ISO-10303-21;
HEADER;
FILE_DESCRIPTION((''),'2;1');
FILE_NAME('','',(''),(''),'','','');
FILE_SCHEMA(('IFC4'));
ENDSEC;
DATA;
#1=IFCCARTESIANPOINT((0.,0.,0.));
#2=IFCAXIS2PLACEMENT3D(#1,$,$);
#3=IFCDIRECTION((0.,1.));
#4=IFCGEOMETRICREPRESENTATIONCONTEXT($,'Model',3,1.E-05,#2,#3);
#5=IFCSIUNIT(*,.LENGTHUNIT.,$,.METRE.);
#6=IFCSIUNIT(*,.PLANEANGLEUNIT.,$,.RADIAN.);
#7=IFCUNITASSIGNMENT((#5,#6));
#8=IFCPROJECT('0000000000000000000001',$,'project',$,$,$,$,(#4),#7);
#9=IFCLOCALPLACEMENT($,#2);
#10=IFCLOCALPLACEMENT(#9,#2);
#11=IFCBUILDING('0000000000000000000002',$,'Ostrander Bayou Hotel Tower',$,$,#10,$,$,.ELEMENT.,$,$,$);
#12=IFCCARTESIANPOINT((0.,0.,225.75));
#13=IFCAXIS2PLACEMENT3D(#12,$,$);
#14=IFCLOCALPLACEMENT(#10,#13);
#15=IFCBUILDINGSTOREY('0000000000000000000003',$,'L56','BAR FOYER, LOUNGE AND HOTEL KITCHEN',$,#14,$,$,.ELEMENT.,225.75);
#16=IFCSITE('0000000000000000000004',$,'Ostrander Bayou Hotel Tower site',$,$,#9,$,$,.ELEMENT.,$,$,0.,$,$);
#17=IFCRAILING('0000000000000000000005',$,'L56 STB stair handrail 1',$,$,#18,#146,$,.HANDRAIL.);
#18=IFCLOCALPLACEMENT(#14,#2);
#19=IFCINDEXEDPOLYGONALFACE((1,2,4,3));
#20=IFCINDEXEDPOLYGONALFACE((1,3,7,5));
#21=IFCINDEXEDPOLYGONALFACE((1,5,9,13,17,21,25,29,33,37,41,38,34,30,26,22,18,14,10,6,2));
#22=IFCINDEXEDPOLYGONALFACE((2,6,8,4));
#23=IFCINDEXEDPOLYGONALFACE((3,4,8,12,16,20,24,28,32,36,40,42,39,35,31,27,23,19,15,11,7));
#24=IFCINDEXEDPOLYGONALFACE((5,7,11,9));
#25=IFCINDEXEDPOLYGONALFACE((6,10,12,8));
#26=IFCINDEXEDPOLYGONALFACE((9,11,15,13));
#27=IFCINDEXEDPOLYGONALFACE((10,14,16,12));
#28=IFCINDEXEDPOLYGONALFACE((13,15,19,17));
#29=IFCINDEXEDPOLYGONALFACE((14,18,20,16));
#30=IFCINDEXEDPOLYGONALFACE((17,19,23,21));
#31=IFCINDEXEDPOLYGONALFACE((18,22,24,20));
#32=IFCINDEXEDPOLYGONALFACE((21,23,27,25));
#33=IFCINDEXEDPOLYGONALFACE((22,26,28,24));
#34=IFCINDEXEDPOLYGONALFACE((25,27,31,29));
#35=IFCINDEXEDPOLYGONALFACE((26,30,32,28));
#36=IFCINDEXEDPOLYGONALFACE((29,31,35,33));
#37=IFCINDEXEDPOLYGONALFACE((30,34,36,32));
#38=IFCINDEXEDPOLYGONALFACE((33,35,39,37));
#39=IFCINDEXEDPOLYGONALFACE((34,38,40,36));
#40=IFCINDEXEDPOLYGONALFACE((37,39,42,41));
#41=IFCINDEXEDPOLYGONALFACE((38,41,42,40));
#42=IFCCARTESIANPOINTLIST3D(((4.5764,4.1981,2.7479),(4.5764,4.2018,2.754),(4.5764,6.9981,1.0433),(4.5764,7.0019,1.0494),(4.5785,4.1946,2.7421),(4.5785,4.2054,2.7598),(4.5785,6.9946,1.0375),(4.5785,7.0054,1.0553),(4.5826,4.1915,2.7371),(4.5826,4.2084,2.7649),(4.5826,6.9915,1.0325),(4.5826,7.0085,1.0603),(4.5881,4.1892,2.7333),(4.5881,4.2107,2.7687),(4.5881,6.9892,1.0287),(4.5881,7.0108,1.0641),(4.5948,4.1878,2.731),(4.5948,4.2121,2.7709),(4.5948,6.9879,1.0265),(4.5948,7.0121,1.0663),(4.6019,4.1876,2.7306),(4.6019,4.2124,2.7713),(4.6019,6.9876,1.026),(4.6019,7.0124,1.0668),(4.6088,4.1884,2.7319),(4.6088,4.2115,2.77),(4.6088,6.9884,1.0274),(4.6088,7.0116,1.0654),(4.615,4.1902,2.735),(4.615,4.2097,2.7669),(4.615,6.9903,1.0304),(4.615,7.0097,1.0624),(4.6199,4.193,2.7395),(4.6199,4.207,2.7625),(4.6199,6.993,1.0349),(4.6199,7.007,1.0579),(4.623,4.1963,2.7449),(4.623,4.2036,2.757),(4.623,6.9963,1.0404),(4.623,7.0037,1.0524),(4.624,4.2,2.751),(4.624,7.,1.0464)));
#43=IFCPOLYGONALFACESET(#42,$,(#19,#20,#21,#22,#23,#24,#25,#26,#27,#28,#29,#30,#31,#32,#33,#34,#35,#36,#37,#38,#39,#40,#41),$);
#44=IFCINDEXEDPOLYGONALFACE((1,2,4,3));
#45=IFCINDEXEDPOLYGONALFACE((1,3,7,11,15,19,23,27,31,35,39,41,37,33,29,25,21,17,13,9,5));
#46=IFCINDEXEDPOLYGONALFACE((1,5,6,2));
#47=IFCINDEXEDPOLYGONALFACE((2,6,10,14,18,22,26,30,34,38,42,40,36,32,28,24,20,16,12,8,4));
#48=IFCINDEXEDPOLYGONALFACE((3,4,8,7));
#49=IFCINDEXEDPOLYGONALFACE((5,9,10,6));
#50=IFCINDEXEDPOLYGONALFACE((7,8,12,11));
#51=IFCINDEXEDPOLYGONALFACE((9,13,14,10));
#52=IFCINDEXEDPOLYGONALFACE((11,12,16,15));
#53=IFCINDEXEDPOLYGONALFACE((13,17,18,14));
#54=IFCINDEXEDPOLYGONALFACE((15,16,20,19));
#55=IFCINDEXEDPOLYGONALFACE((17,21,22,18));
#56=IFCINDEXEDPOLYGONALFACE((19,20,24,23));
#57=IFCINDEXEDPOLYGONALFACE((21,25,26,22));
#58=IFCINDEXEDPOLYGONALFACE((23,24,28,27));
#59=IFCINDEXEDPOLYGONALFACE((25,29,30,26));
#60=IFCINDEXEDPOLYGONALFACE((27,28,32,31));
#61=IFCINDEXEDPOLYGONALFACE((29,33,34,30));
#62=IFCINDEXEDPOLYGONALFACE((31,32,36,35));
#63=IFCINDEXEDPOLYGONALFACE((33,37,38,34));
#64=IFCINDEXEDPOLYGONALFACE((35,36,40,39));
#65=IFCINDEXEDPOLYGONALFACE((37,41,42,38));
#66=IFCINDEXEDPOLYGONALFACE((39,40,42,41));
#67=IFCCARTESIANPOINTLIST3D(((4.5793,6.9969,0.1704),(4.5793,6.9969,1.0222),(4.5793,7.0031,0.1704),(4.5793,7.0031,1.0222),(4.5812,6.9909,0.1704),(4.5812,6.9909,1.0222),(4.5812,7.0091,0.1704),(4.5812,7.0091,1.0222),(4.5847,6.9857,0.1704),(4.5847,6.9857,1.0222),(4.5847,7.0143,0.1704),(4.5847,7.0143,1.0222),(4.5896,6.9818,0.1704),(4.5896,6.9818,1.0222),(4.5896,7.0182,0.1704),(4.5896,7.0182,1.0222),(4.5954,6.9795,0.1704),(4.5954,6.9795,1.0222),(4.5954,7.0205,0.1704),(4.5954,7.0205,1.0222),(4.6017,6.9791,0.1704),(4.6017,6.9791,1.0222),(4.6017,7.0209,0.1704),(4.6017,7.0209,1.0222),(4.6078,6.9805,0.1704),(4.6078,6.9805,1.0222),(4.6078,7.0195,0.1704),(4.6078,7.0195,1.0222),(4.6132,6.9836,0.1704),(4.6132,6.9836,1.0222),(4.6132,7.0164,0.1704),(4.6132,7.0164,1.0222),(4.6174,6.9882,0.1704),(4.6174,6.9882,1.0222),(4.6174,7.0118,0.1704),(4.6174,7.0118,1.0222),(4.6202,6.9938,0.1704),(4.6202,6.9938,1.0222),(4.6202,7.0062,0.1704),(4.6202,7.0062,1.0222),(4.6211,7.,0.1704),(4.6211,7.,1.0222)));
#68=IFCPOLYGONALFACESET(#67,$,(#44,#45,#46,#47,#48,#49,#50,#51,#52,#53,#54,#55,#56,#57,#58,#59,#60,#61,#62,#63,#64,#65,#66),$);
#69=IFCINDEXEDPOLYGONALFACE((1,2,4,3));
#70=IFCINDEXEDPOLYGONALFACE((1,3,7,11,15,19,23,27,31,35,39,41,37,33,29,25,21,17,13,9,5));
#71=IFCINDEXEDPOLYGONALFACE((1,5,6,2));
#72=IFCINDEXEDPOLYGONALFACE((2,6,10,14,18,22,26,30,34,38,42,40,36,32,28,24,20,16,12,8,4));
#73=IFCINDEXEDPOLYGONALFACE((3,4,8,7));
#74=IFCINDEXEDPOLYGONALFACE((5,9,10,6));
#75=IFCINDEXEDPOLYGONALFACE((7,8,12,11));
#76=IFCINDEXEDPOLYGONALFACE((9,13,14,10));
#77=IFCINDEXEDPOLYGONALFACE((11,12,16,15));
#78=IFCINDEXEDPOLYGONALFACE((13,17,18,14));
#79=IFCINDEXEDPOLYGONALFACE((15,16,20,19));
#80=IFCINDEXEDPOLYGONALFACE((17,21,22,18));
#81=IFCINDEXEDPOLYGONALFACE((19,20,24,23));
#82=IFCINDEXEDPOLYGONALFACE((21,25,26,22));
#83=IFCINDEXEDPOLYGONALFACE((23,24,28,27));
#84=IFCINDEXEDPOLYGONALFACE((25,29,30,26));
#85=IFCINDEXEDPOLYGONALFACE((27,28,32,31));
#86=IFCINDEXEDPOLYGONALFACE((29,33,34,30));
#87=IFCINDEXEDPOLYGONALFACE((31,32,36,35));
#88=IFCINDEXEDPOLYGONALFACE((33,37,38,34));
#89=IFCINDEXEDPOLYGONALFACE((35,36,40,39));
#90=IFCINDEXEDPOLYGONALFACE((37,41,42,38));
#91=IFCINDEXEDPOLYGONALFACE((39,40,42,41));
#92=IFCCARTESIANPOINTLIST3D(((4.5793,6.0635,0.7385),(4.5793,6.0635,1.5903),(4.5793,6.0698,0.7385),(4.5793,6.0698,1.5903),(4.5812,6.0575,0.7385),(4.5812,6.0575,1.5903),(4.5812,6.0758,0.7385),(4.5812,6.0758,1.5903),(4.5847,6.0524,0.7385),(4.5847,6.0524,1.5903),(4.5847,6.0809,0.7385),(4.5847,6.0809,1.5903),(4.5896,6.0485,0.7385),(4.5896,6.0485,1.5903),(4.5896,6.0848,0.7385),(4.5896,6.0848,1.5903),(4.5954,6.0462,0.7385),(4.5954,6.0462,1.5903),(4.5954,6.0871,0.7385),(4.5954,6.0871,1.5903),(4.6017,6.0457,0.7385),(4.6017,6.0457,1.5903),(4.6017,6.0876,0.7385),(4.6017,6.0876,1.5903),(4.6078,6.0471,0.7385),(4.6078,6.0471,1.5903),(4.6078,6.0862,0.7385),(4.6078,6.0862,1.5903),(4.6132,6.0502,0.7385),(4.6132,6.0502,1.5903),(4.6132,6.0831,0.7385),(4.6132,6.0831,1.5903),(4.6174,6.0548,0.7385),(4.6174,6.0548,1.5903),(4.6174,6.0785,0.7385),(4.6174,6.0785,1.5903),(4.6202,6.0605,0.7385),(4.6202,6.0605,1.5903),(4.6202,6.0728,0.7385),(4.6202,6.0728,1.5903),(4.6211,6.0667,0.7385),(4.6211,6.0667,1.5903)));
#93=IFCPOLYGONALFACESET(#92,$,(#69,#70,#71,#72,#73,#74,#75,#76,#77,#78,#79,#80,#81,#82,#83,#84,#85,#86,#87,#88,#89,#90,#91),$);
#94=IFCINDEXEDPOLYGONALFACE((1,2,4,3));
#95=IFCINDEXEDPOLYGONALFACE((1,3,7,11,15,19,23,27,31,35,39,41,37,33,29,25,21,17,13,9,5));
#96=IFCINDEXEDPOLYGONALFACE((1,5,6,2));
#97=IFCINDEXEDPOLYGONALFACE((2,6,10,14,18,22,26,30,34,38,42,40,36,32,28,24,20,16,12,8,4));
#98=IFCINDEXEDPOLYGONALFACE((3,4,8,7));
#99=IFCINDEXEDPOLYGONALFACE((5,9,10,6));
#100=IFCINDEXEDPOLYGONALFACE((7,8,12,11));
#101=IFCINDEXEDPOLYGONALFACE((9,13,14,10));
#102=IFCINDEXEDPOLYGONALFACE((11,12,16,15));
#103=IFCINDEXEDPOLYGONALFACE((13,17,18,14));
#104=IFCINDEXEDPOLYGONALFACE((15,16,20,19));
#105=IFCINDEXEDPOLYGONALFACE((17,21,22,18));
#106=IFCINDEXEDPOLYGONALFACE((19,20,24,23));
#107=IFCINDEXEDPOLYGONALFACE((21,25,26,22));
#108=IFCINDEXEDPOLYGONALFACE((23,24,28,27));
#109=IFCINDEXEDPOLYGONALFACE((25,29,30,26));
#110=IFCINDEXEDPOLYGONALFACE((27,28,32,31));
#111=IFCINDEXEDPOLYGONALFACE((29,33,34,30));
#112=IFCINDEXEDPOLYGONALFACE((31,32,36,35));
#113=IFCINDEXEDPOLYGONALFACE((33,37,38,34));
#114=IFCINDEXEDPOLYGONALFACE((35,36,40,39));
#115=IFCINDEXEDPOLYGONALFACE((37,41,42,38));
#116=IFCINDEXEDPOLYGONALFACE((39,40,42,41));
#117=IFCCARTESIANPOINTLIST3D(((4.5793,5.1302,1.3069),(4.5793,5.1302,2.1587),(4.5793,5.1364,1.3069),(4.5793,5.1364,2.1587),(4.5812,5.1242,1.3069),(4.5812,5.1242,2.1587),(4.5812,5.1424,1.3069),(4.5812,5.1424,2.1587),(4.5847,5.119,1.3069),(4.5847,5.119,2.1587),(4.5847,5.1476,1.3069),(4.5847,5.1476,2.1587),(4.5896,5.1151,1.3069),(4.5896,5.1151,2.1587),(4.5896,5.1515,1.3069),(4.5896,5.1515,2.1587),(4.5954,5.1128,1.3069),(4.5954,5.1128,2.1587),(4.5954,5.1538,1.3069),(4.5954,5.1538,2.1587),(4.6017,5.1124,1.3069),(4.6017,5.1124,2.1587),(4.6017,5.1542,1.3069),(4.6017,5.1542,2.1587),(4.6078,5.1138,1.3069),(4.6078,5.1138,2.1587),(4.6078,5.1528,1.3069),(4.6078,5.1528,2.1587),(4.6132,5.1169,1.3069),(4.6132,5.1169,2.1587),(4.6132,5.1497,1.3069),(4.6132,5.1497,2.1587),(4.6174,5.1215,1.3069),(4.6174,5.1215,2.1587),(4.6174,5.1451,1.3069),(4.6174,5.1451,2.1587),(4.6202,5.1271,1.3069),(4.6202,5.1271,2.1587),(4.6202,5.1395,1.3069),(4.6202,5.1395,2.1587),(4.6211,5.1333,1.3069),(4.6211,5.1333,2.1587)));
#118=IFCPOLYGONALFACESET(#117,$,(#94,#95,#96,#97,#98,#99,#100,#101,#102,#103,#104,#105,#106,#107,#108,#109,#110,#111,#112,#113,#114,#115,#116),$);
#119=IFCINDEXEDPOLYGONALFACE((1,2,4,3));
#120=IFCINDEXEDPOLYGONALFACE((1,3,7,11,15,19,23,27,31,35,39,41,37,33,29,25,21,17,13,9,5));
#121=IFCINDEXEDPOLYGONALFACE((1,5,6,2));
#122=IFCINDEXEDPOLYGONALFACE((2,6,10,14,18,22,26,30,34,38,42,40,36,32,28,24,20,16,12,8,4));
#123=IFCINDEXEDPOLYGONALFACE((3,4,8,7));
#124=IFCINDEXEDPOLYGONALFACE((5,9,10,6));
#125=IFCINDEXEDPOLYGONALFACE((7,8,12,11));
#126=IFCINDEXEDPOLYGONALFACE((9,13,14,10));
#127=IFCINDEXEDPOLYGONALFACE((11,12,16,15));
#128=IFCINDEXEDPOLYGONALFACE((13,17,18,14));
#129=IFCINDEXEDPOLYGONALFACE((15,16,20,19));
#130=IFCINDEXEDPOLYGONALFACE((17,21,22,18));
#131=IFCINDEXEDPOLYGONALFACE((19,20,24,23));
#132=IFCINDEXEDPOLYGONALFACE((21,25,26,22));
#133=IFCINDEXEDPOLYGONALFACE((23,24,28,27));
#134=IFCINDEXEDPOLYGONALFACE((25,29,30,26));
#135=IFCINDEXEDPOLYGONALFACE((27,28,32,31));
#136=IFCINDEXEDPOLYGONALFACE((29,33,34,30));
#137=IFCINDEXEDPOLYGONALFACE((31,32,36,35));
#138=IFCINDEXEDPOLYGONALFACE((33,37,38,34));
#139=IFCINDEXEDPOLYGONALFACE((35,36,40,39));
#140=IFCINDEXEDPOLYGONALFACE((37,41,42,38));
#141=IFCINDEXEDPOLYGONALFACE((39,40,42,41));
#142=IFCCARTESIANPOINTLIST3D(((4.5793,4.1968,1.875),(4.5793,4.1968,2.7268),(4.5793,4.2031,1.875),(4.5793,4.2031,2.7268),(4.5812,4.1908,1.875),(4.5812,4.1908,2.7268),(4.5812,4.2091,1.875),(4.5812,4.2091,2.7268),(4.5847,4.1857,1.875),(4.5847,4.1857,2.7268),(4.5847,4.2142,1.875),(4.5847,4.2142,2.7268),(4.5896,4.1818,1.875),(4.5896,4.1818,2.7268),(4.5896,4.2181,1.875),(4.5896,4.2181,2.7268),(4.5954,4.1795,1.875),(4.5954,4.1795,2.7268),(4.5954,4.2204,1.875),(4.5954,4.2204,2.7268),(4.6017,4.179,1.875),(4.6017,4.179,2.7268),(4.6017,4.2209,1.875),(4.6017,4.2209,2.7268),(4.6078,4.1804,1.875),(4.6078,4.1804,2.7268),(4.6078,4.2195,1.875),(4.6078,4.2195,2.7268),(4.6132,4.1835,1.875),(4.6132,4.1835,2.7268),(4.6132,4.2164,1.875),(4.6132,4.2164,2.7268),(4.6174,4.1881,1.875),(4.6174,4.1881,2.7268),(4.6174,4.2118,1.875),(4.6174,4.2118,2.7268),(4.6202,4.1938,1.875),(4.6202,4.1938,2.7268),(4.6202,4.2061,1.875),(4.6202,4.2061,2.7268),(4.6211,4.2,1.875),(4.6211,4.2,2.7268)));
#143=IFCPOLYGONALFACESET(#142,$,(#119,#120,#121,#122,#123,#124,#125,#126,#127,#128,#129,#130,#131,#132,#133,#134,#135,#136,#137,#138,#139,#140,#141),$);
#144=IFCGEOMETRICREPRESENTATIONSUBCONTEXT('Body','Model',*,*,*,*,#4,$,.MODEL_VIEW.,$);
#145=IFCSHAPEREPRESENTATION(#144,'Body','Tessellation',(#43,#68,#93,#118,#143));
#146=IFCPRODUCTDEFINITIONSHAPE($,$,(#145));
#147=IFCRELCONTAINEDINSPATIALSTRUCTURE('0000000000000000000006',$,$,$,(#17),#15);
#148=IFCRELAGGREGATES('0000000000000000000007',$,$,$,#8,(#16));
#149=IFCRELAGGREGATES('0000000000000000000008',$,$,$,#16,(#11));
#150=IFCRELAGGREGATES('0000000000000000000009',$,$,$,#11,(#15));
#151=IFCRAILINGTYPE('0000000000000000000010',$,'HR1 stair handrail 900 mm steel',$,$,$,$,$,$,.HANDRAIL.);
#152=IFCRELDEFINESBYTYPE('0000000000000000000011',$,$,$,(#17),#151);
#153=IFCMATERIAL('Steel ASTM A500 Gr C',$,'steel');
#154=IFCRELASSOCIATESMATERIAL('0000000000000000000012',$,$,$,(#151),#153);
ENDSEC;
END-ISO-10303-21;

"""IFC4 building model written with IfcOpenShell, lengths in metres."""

from ifc_helpers import new_model, si_unit, direction, frame, origin, origin_2d, place, context, subcontext, project, spatial, circle, extrude, material, type_object, element, save


model = new_model("IFC4")

# Units and contexts
model_context = context("Model", 3, precision=1e-05, world=origin(), true_north=direction((0.0, 1.0)))
body_context = subcontext(model_context, "Body", "Model", "MODEL_VIEW")
ifc_project = project(units=[si_unit("LENGTHUNIT", "METRE"), si_unit("PLANEANGLEUNIT", "RADIAN")], contexts=[model_context])

# Site, building, storey
site_placement = place(None, origin())
site = spatial("IfcSite", under=ifc_project, at=site_placement, Name="Ostrander Bayou Hotel Tower site", CompositionType="ELEMENT", RefElevation=0.0)
building_placement = place(site_placement, origin())
building = spatial("IfcBuilding", under=site, at=building_placement, Name="Ostrander Bayou Hotel Tower", CompositionType="ELEMENT")
storey_placement = place(building_placement, frame((0.0, 0.0, 225.75)))
storey = spatial("IfcBuildingStorey", under=building, at=storey_placement, Name="L56", Description="BAR FOYER, LOUNGE AND HOTEL KITCHEN", CompositionType="ELEMENT", Elevation=225.75)

# Railing
ifc_material_1 = material(Name="Steel ASTM A500 Gr C", Category="steel")
railing_type_1 = type_object("IfcRailingType", Name="HR1 stair handrail 900 mm steel", PredefinedType="HANDRAIL", material=ifc_material_1)
railing_1_placement = place(storey_placement, frame((4.6001, 7.0, 0.1704)))
element("IfcRailing", 1, at=railing_1_placement, inside=storey, type_object=railing_type_1, Name="L56 STB stair handrail 1", PredefinedType="HANDRAIL", context=body_context, shape_type="SweptSolid", body=[
    extrude(circle(Radius=0.0239, at=origin_2d()), frame((0.0, 0.0, 0.876), z_axis=(0.0, -0.85417, 0.519994), x_axis=(1.0, 0.0, 0.0)), (0.0, 0.0, 1.0), 3.2781),
    extrude(circle(Radius=0.021, at=origin_2d()), origin(), (0.0, 0.0, 1.0), 0.8518),
    extrude(circle(Radius=0.021, at=origin_2d()), frame((0.0, -0.9333, 0.5681)), (0.0, 0.0, 1.0), 0.8518),
    extrude(circle(Radius=0.021, at=origin_2d()), frame((0.0, -1.8667, 1.1365)), (0.0, 0.0, 1.0), 0.8518),
    extrude(circle(Radius=0.021, at=origin_2d()), frame((0.0, -2.8, 1.7046)), (0.0, 0.0, 1.0), 0.8518),
])

save(model, "model.ifc")
